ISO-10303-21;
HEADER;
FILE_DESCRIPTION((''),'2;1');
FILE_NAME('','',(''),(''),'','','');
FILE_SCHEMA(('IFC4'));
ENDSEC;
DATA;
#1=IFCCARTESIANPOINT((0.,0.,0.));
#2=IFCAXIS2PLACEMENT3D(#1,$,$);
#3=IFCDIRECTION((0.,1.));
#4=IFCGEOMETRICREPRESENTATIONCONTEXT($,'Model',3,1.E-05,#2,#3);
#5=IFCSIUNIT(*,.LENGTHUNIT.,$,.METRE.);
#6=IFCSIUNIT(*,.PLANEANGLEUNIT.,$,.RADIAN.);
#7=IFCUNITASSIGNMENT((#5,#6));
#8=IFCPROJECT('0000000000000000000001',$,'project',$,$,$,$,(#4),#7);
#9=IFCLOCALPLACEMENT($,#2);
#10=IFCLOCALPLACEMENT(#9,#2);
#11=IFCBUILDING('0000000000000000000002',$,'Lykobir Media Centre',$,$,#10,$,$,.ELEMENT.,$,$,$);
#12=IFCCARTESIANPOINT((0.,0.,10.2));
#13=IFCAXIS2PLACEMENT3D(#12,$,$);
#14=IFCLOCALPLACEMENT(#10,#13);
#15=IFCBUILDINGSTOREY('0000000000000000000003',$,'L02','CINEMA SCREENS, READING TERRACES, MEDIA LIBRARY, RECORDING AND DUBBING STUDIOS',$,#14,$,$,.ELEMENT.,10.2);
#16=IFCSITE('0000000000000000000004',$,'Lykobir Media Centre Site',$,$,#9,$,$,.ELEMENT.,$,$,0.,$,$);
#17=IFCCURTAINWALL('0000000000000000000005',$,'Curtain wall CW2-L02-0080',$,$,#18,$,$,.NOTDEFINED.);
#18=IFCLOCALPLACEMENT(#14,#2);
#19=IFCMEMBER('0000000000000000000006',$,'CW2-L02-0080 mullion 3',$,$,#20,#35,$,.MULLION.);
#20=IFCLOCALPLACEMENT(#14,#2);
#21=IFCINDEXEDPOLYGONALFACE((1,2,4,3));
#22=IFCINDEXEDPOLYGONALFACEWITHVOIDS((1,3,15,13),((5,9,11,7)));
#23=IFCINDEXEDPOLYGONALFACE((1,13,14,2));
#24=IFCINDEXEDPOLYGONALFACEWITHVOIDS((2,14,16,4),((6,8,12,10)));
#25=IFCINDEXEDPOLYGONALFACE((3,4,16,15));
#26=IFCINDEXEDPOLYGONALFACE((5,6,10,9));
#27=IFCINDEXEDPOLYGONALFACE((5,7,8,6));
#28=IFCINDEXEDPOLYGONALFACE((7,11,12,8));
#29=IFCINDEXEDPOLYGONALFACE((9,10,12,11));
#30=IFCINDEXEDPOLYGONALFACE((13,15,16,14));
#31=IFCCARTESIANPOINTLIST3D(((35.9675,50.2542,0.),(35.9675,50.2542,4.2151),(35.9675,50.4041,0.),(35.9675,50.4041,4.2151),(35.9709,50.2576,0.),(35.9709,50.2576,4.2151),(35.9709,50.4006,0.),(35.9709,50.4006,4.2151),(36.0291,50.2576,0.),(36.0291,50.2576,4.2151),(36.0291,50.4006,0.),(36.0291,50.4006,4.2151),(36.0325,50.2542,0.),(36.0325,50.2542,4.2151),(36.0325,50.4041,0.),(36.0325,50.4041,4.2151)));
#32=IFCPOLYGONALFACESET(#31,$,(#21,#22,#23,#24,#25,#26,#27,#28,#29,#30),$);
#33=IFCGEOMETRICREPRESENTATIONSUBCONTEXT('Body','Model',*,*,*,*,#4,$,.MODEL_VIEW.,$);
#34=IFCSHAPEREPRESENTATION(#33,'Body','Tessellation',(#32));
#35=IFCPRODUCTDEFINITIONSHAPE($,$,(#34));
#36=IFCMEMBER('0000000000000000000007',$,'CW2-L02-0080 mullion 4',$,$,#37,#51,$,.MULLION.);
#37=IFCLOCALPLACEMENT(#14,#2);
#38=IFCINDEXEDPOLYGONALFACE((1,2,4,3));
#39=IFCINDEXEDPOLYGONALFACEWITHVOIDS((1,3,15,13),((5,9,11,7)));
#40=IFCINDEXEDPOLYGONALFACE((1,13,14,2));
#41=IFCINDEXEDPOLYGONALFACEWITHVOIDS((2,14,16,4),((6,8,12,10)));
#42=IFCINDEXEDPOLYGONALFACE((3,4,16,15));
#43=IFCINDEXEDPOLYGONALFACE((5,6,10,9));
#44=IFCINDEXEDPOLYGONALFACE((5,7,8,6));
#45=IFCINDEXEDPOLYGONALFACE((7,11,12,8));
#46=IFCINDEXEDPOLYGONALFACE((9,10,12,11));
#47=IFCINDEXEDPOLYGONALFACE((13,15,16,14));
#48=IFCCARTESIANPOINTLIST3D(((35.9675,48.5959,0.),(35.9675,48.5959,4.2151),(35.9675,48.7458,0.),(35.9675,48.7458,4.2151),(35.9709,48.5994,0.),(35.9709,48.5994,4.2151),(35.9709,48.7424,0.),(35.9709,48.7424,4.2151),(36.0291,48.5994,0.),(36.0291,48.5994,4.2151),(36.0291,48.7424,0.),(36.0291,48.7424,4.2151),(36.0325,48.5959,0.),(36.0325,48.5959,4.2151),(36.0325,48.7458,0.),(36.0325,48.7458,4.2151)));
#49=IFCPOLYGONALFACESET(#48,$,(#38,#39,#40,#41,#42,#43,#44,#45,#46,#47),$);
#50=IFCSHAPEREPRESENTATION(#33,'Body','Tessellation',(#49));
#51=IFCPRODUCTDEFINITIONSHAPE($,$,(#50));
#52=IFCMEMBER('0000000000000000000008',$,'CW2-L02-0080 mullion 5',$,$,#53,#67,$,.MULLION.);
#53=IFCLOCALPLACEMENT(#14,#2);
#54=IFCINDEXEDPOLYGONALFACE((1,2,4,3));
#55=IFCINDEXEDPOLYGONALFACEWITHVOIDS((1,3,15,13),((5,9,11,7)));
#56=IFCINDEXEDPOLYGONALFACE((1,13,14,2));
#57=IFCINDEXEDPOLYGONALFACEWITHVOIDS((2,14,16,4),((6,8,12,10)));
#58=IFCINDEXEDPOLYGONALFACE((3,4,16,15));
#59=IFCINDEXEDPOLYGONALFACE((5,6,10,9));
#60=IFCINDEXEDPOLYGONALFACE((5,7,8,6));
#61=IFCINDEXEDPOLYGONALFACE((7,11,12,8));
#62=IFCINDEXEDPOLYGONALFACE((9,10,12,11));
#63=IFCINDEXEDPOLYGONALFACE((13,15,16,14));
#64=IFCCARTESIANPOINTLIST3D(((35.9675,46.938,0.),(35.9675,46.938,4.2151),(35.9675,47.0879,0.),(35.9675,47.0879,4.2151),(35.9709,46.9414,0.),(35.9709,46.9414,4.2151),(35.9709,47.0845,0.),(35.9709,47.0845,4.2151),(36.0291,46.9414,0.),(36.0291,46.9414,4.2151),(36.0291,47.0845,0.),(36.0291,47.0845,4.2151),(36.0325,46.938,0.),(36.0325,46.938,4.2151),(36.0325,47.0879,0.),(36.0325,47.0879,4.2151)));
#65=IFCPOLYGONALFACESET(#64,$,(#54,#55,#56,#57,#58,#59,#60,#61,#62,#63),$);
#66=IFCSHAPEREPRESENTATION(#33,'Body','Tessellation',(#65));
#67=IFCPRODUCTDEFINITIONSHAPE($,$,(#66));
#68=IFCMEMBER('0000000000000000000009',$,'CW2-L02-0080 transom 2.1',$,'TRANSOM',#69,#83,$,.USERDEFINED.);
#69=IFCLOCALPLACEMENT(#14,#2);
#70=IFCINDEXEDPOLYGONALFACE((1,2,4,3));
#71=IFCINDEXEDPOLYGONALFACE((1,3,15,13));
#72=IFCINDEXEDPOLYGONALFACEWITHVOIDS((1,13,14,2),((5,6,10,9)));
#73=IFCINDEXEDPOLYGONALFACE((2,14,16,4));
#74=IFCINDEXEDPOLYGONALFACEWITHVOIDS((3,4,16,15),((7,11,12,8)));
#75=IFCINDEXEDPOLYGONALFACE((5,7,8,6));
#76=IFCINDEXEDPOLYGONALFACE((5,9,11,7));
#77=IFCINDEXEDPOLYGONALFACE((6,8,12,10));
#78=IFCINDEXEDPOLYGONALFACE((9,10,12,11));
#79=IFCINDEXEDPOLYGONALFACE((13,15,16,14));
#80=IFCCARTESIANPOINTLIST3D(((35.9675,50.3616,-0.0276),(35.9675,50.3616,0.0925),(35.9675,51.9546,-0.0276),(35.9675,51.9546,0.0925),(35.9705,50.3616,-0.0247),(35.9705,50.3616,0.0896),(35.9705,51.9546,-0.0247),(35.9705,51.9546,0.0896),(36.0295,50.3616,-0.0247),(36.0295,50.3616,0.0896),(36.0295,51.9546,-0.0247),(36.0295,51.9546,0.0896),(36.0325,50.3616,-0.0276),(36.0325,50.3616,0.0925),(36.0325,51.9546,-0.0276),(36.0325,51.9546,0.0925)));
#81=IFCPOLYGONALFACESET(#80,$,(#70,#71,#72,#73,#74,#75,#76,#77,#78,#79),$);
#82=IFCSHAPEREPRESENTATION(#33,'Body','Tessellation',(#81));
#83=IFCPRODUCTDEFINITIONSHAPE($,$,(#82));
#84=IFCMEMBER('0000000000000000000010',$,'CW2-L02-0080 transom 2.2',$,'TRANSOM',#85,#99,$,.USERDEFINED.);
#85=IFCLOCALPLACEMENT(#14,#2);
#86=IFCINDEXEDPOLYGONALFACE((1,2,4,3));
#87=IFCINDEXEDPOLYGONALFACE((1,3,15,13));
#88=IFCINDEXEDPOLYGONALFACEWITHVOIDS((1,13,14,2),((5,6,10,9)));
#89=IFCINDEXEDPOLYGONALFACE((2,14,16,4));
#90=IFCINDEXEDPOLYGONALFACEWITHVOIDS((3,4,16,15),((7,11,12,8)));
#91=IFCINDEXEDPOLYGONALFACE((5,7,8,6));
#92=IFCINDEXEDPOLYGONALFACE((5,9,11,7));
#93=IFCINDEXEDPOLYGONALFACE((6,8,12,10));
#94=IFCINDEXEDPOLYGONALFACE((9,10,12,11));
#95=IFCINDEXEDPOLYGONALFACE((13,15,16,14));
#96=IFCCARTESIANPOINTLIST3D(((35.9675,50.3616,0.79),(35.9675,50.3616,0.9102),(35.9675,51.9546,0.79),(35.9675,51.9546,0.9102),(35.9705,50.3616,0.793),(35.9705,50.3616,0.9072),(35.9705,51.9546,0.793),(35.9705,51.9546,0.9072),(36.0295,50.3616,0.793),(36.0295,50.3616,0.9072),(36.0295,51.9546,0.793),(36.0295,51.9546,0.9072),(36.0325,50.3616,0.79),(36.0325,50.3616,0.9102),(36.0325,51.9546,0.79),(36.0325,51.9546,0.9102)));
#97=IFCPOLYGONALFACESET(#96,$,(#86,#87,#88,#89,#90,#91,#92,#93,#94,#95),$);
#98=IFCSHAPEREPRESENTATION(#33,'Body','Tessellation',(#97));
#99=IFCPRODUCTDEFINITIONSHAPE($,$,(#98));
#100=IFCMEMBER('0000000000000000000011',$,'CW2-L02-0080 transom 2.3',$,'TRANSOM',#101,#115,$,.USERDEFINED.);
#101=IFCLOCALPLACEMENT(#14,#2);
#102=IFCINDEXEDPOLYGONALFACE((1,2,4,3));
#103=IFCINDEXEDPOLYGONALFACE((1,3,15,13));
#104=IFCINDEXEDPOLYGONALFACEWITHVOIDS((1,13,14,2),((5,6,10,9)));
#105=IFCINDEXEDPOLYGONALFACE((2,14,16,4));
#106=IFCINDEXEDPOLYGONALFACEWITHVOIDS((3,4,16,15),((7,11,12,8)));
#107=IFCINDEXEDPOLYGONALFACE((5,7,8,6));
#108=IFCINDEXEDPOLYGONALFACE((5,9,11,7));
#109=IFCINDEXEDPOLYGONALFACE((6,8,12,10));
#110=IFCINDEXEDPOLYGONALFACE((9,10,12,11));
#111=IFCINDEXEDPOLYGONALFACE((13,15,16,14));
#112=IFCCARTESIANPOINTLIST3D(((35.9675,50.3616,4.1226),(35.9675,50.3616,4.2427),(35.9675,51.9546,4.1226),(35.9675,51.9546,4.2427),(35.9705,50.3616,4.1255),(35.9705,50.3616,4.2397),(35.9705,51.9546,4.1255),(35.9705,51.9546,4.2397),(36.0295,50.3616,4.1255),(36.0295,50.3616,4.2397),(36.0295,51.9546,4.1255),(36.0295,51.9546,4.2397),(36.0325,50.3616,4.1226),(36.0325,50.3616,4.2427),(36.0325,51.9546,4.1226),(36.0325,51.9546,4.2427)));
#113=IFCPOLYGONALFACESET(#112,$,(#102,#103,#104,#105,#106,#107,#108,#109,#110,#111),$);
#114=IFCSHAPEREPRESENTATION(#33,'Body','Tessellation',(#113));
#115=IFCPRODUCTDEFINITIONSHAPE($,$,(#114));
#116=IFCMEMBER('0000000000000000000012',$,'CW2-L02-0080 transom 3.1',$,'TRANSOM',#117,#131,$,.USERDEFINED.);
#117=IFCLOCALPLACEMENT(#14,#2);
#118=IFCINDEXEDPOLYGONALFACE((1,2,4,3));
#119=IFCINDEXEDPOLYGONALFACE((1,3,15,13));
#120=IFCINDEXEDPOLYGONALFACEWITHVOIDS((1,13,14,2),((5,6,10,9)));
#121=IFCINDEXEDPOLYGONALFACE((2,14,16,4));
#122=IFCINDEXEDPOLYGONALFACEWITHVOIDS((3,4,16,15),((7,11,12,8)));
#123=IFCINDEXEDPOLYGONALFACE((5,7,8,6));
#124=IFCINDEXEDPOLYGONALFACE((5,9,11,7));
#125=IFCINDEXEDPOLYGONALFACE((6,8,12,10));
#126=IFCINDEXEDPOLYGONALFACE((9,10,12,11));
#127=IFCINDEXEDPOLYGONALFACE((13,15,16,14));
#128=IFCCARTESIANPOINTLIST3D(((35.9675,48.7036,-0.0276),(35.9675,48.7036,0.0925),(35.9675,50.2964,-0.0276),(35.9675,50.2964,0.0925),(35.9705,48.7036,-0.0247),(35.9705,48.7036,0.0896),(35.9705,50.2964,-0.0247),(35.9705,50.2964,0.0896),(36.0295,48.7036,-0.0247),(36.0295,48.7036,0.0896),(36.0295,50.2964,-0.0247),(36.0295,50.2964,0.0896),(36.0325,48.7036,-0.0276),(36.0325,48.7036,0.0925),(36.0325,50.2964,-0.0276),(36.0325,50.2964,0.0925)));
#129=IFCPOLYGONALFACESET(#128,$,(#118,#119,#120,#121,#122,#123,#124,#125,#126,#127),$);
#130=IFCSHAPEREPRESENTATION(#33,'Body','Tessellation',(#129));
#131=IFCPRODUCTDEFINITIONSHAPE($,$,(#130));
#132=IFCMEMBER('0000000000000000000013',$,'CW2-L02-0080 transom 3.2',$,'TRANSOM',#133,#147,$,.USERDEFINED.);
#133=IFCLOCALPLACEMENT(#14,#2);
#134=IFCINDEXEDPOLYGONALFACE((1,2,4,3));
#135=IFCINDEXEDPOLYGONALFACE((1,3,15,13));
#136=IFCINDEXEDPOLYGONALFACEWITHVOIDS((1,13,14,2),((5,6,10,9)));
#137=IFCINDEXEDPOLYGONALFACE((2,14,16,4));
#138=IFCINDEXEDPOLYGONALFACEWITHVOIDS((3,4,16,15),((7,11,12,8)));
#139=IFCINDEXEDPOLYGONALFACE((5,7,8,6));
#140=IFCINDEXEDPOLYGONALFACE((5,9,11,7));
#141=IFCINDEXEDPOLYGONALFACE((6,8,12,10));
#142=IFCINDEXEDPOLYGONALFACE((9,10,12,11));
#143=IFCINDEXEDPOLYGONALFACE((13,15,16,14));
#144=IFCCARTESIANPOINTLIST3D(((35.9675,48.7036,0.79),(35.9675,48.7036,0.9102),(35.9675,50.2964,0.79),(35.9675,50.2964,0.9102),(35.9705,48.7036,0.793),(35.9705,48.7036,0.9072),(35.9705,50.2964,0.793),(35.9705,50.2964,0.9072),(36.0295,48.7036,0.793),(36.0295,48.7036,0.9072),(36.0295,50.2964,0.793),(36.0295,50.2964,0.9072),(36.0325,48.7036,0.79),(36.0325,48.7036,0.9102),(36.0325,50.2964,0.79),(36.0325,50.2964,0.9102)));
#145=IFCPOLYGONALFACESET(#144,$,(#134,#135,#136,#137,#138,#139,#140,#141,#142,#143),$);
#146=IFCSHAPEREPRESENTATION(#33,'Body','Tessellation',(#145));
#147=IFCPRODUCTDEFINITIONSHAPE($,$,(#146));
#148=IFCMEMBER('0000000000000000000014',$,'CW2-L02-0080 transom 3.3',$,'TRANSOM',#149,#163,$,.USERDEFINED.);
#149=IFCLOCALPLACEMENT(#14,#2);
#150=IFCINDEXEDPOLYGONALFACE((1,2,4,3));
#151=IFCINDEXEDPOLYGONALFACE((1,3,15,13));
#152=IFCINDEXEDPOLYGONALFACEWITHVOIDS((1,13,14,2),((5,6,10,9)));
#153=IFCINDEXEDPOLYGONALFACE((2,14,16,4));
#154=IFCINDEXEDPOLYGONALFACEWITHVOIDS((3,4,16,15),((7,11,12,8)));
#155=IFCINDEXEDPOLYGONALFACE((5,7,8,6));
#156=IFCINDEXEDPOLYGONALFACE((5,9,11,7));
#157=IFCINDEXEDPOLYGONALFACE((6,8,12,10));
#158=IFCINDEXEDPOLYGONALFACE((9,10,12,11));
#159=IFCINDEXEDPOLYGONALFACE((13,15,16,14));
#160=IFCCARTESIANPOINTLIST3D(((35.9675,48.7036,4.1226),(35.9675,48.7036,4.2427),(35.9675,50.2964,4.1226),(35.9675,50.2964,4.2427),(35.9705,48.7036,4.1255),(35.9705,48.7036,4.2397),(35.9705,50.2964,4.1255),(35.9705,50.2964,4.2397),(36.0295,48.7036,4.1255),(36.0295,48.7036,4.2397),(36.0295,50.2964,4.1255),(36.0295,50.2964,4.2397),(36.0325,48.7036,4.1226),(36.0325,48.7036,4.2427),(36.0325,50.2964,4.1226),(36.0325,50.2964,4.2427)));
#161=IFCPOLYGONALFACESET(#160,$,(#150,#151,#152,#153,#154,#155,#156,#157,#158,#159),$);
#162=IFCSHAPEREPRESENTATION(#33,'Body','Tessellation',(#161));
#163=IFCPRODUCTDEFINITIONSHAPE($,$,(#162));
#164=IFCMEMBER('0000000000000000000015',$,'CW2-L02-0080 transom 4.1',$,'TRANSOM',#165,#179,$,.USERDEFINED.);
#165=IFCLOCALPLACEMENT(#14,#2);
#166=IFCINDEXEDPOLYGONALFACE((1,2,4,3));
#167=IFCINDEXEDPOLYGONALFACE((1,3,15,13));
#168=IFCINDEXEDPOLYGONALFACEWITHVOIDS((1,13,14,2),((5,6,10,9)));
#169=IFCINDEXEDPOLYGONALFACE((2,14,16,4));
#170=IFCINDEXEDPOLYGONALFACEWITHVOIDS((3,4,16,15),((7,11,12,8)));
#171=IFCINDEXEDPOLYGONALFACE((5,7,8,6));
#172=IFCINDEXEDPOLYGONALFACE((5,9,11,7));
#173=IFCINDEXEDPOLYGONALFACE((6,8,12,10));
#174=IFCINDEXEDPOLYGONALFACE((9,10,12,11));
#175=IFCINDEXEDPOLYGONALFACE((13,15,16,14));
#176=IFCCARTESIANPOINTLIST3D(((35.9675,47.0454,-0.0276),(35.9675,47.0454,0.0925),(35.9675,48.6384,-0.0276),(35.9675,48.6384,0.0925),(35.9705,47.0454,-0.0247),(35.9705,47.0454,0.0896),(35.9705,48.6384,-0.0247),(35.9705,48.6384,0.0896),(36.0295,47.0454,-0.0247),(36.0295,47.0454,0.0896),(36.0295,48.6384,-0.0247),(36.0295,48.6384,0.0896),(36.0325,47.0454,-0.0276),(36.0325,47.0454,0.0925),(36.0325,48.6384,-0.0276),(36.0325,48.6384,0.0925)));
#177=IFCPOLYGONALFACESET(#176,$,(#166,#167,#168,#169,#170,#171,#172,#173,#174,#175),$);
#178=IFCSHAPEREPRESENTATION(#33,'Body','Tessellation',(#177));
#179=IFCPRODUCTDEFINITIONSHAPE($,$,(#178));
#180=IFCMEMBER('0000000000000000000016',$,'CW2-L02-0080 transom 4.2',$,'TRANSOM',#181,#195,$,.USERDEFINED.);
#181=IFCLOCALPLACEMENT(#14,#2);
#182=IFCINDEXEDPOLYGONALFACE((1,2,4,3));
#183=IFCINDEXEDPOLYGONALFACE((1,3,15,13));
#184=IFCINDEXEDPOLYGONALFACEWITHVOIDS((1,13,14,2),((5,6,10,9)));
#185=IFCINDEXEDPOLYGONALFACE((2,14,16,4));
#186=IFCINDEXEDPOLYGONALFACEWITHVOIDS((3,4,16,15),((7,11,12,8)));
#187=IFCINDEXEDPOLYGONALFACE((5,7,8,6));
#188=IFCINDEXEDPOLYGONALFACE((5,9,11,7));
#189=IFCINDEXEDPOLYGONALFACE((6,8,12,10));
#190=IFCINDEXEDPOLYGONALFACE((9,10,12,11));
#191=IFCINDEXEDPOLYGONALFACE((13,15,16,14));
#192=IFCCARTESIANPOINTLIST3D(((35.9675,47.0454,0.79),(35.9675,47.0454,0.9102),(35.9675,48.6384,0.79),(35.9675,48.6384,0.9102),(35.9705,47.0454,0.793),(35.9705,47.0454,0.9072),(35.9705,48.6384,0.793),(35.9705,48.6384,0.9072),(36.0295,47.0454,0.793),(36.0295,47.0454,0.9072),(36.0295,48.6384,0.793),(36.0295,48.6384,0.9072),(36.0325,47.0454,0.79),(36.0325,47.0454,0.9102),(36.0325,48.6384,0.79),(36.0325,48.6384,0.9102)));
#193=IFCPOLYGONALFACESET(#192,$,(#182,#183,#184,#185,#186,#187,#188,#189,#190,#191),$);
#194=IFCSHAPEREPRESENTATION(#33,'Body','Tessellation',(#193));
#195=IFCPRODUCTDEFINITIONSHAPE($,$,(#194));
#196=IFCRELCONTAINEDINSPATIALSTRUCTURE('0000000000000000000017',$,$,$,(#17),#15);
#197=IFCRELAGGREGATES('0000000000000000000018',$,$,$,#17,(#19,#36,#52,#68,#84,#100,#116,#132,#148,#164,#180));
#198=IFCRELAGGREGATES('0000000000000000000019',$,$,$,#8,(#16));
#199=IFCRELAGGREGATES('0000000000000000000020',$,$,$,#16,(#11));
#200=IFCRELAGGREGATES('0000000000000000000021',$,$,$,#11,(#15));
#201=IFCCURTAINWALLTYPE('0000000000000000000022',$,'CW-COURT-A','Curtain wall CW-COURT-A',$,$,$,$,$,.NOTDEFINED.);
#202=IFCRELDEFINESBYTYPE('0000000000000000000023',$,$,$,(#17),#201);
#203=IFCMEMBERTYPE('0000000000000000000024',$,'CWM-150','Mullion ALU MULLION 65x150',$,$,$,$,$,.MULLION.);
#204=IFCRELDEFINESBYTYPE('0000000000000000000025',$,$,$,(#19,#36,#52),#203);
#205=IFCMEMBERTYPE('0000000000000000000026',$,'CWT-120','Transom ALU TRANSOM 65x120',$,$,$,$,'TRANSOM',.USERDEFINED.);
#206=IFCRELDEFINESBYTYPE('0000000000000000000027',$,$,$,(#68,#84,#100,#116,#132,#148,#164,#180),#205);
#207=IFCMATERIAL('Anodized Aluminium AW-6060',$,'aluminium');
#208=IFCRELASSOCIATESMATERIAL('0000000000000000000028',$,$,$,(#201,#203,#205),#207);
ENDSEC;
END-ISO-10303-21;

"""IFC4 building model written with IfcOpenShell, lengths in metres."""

from ifc_helpers import new_model, si_unit, direction, frame, origin, origin_2d, place, context, subcontext, project, spatial, hollow_rectangle, extrude, material, material_profile, profile_set, type_object, element, aggregate, save


model = new_model("IFC4")

# Units and contexts
model_context = context("Model", 3, precision=1e-05, world=origin(), true_north=direction((0.0, 1.0)))
body_context = subcontext(model_context, "Body", "Model", "MODEL_VIEW")
ifc_project = project(units=[si_unit("LENGTHUNIT", "METRE"), si_unit("PLANEANGLEUNIT", "RADIAN")], contexts=[model_context])

# Site, building, storey
site_placement = place(None, origin())
site = spatial("IfcSite", under=ifc_project, at=site_placement, Name="Lykobir Media Centre Site", CompositionType="ELEMENT", RefElevation=0.0)
building_placement = place(site_placement, origin())
building = spatial("IfcBuilding", under=site, at=building_placement, Name="Lykobir Media Centre", CompositionType="ELEMENT")
storey_placement = place(building_placement, frame((0.0, 0.0, 10.2)))
storey = spatial("IfcBuildingStorey", under=building, at=storey_placement, Name="L02", Description="CINEMA SCREENS, READING TERRACES, MEDIA LIBRARY, RECORDING AND DUBBING STUDIOS", CompositionType="ELEMENT", Elevation=10.2)

# Curtain wall, members
ifc_material_1 = material(Name="Anodized Aluminium AW-6060", Category="aluminium")
curtain_wall_type = type_object("IfcCurtainWallType", Name="CW-COURT-A", Description="Curtain wall CW-COURT-A", PredefinedType="NOTDEFINED", material=ifc_material_1)
curtain_wall_placement = place(storey_placement, origin())
curtain_wall = element("IfcCurtainWall", 1, at=curtain_wall_placement, inside=storey, type_object=curtain_wall_type, Name="Curtain wall CW2-L02-0080", PredefinedType="NOTDEFINED")
ifc_material_profile_1 = material_profile(ifc_material_1, hollow_rectangle(XDim=0.0649, YDim=0.1499, WallThickness=0.0034, at=origin_2d()), Name="ALU MULLION 65x150")
ifc_profile_set_1 = profile_set([ifc_material_profile_1], Name="Anodized Aluminium AW-6060")
member_type_1 = type_object("IfcMemberType", Name="CWM-150", Description="Mullion ALU MULLION 65x150", PredefinedType="MULLION", material=ifc_profile_set_1)
member_1_placement = place(storey_placement, frame((36.0, 50.3291, 0.0), z_axis=(0.0, 0.0, 1.0), x_axis=(1.0, 0.0, 0.0)))
member_1 = element("IfcMember", 2, at=member_1_placement, type_object=member_type_1, Name="CW2-L02-0080 mullion 3", PredefinedType="MULLION", context=body_context, shape_type="SweptSolid", body=[
    extrude(hollow_rectangle(XDim=0.0649, YDim=0.1499, WallThickness=0.0034, at=origin_2d()), origin(), (0.0, 0.0, 1.0), 4.2151),
])
member_2_placement = place(storey_placement, frame((36.0, 48.6709, 0.0), z_axis=(0.0, 0.0, 1.0), x_axis=(1.0, 0.0, 0.0)))
member_2 = element("IfcMember", 3, at=member_2_placement, type_object=member_type_1, Name="CW2-L02-0080 mullion 4", PredefinedType="MULLION", context=body_context, shape_type="SweptSolid", body=[
    extrude(hollow_rectangle(XDim=0.0649, YDim=0.1499, WallThickness=0.0034, at=origin_2d()), origin(), (0.0, 0.0, 1.0), 4.2151),
])
member_3_placement = place(storey_placement, frame((36.0, 47.0129, 0.0), z_axis=(0.0, 0.0, 1.0), x_axis=(1.0, 0.0, 0.0)))
member_3 = element("IfcMember", 4, at=member_3_placement, type_object=member_type_1, Name="CW2-L02-0080 mullion 5", PredefinedType="MULLION", context=body_context, shape_type="SweptSolid", body=[
    extrude(hollow_rectangle(XDim=0.0649, YDim=0.1499, WallThickness=0.0034, at=origin_2d()), origin(), (0.0, 0.0, 1.0), 4.2151),
])
ifc_material_profile_2 = material_profile(ifc_material_1, hollow_rectangle(XDim=0.0649, YDim=0.1201, WallThickness=0.0029, at=origin_2d()), Name="ALU TRANSOM 65x120")
ifc_profile_set_2 = profile_set([ifc_material_profile_2], Name="Anodized Aluminium AW-6060")
member_type_2 = type_object("IfcMemberType", Name="CWT-120", Description="Transom ALU TRANSOM 65x120", ElementType="TRANSOM", PredefinedType="USERDEFINED", material=ifc_profile_set_2)
member_4_placement = place(storey_placement, frame((36.0, 51.9546, 0.0325), z_axis=(0.0, -1.0, 0.0), x_axis=(1.0, 0.0, 0.0)))
member_4 = element("IfcMember", 5, at=member_4_placement, type_object=member_type_2, Name="CW2-L02-0080 transom 2.1", ObjectType="TRANSOM", PredefinedType="USERDEFINED", context=body_context, shape_type="SweptSolid", body=[
    extrude(hollow_rectangle(XDim=0.0649, YDim=0.1201, WallThickness=0.0029, at=origin_2d()), origin(), (0.0, 0.0, 1.0), 1.593),
])
member_5_placement = place(storey_placement, frame((36.0, 51.9546, 0.8501), z_axis=(0.0, -1.0, 0.0), x_axis=(1.0, 0.0, 0.0)))
member_5 = element("IfcMember", 6, at=member_5_placement, type_object=member_type_2, Name="CW2-L02-0080 transom 2.2", ObjectType="TRANSOM", PredefinedType="USERDEFINED", context=body_context, shape_type="SweptSolid", body=[
    extrude(hollow_rectangle(XDim=0.0649, YDim=0.1201, WallThickness=0.0029, at=origin_2d()), origin(), (0.0, 0.0, 1.0), 1.593),
])
member_6_placement = place(storey_placement, frame((36.0, 51.9546, 4.1826), z_axis=(0.0, -1.0, 0.0), x_axis=(1.0, 0.0, 0.0)))
member_6 = element("IfcMember", 7, at=member_6_placement, type_object=member_type_2, Name="CW2-L02-0080 transom 2.3", ObjectType="TRANSOM", PredefinedType="USERDEFINED", context=body_context, shape_type="SweptSolid", body=[
    extrude(hollow_rectangle(XDim=0.0649, YDim=0.1201, WallThickness=0.0029, at=origin_2d()), origin(), (0.0, 0.0, 1.0), 1.593),
])
member_7_placement = place(storey_placement, frame((36.0, 50.2964, 0.0325), z_axis=(0.0, -1.0, 0.0), x_axis=(1.0, 0.0, 0.0)))
member_7 = element("IfcMember", 8, at=member_7_placement, type_object=member_type_2, Name="CW2-L02-0080 transom 3.1", ObjectType="TRANSOM", PredefinedType="USERDEFINED", context=body_context, shape_type="SweptSolid", body=[
    extrude(hollow_rectangle(XDim=0.0649, YDim=0.1201, WallThickness=0.0029, at=origin_2d()), origin(), (0.0, 0.0, 1.0), 1.5928),
])
member_8_placement = place(storey_placement, frame((36.0, 50.2964, 0.8501), z_axis=(0.0, -1.0, 0.0), x_axis=(1.0, 0.0, 0.0)))
member_8 = element("IfcMember", 9, at=member_8_placement, type_object=member_type_2, Name="CW2-L02-0080 transom 3.2", ObjectType="TRANSOM", PredefinedType="USERDEFINED", context=body_context, shape_type="SweptSolid", body=[
    extrude(hollow_rectangle(XDim=0.0649, YDim=0.1201, WallThickness=0.0029, at=origin_2d()), origin(), (0.0, 0.0, 1.0), 1.5928),
])
member_9_placement = place(storey_placement, frame((36.0, 50.2964, 4.1826), z_axis=(0.0, -1.0, 0.0), x_axis=(1.0, 0.0, 0.0)))
member_9 = element("IfcMember", 10, at=member_9_placement, type_object=member_type_2, Name="CW2-L02-0080 transom 3.3", ObjectType="TRANSOM", PredefinedType="USERDEFINED", context=body_context, shape_type="SweptSolid", body=[
    extrude(hollow_rectangle(XDim=0.0649, YDim=0.1201, WallThickness=0.0029, at=origin_2d()), origin(), (0.0, 0.0, 1.0), 1.5928),
])
member_10_placement = place(storey_placement, frame((36.0, 48.6384, 0.0325), z_axis=(0.0, -1.0, 0.0), x_axis=(1.0, 0.0, 0.0)))
member_10 = element("IfcMember", 11, at=member_10_placement, type_object=member_type_2, Name="CW2-L02-0080 transom 4.1", ObjectType="TRANSOM", PredefinedType="USERDEFINED", context=body_context, shape_type="SweptSolid", body=[
    extrude(hollow_rectangle(XDim=0.0649, YDim=0.1201, WallThickness=0.0029, at=origin_2d()), origin(), (0.0, 0.0, 1.0), 1.593),
])
member_11_placement = place(storey_placement, frame((36.0, 48.6384, 0.8501), z_axis=(0.0, -1.0, 0.0), x_axis=(1.0, 0.0, 0.0)))
member_11 = element("IfcMember", 12, at=member_11_placement, type_object=member_type_2, Name="CW2-L02-0080 transom 4.2", ObjectType="TRANSOM", PredefinedType="USERDEFINED", context=body_context, shape_type="SweptSolid", body=[
    extrude(hollow_rectangle(XDim=0.0649, YDim=0.1201, WallThickness=0.0029, at=origin_2d()), origin(), (0.0, 0.0, 1.0), 1.593),
])
aggregate(curtain_wall, [member_1, member_2, member_3, member_4, member_5, member_6, member_7, member_8, member_9, member_10, member_11])

save(model, "model.ifc")
